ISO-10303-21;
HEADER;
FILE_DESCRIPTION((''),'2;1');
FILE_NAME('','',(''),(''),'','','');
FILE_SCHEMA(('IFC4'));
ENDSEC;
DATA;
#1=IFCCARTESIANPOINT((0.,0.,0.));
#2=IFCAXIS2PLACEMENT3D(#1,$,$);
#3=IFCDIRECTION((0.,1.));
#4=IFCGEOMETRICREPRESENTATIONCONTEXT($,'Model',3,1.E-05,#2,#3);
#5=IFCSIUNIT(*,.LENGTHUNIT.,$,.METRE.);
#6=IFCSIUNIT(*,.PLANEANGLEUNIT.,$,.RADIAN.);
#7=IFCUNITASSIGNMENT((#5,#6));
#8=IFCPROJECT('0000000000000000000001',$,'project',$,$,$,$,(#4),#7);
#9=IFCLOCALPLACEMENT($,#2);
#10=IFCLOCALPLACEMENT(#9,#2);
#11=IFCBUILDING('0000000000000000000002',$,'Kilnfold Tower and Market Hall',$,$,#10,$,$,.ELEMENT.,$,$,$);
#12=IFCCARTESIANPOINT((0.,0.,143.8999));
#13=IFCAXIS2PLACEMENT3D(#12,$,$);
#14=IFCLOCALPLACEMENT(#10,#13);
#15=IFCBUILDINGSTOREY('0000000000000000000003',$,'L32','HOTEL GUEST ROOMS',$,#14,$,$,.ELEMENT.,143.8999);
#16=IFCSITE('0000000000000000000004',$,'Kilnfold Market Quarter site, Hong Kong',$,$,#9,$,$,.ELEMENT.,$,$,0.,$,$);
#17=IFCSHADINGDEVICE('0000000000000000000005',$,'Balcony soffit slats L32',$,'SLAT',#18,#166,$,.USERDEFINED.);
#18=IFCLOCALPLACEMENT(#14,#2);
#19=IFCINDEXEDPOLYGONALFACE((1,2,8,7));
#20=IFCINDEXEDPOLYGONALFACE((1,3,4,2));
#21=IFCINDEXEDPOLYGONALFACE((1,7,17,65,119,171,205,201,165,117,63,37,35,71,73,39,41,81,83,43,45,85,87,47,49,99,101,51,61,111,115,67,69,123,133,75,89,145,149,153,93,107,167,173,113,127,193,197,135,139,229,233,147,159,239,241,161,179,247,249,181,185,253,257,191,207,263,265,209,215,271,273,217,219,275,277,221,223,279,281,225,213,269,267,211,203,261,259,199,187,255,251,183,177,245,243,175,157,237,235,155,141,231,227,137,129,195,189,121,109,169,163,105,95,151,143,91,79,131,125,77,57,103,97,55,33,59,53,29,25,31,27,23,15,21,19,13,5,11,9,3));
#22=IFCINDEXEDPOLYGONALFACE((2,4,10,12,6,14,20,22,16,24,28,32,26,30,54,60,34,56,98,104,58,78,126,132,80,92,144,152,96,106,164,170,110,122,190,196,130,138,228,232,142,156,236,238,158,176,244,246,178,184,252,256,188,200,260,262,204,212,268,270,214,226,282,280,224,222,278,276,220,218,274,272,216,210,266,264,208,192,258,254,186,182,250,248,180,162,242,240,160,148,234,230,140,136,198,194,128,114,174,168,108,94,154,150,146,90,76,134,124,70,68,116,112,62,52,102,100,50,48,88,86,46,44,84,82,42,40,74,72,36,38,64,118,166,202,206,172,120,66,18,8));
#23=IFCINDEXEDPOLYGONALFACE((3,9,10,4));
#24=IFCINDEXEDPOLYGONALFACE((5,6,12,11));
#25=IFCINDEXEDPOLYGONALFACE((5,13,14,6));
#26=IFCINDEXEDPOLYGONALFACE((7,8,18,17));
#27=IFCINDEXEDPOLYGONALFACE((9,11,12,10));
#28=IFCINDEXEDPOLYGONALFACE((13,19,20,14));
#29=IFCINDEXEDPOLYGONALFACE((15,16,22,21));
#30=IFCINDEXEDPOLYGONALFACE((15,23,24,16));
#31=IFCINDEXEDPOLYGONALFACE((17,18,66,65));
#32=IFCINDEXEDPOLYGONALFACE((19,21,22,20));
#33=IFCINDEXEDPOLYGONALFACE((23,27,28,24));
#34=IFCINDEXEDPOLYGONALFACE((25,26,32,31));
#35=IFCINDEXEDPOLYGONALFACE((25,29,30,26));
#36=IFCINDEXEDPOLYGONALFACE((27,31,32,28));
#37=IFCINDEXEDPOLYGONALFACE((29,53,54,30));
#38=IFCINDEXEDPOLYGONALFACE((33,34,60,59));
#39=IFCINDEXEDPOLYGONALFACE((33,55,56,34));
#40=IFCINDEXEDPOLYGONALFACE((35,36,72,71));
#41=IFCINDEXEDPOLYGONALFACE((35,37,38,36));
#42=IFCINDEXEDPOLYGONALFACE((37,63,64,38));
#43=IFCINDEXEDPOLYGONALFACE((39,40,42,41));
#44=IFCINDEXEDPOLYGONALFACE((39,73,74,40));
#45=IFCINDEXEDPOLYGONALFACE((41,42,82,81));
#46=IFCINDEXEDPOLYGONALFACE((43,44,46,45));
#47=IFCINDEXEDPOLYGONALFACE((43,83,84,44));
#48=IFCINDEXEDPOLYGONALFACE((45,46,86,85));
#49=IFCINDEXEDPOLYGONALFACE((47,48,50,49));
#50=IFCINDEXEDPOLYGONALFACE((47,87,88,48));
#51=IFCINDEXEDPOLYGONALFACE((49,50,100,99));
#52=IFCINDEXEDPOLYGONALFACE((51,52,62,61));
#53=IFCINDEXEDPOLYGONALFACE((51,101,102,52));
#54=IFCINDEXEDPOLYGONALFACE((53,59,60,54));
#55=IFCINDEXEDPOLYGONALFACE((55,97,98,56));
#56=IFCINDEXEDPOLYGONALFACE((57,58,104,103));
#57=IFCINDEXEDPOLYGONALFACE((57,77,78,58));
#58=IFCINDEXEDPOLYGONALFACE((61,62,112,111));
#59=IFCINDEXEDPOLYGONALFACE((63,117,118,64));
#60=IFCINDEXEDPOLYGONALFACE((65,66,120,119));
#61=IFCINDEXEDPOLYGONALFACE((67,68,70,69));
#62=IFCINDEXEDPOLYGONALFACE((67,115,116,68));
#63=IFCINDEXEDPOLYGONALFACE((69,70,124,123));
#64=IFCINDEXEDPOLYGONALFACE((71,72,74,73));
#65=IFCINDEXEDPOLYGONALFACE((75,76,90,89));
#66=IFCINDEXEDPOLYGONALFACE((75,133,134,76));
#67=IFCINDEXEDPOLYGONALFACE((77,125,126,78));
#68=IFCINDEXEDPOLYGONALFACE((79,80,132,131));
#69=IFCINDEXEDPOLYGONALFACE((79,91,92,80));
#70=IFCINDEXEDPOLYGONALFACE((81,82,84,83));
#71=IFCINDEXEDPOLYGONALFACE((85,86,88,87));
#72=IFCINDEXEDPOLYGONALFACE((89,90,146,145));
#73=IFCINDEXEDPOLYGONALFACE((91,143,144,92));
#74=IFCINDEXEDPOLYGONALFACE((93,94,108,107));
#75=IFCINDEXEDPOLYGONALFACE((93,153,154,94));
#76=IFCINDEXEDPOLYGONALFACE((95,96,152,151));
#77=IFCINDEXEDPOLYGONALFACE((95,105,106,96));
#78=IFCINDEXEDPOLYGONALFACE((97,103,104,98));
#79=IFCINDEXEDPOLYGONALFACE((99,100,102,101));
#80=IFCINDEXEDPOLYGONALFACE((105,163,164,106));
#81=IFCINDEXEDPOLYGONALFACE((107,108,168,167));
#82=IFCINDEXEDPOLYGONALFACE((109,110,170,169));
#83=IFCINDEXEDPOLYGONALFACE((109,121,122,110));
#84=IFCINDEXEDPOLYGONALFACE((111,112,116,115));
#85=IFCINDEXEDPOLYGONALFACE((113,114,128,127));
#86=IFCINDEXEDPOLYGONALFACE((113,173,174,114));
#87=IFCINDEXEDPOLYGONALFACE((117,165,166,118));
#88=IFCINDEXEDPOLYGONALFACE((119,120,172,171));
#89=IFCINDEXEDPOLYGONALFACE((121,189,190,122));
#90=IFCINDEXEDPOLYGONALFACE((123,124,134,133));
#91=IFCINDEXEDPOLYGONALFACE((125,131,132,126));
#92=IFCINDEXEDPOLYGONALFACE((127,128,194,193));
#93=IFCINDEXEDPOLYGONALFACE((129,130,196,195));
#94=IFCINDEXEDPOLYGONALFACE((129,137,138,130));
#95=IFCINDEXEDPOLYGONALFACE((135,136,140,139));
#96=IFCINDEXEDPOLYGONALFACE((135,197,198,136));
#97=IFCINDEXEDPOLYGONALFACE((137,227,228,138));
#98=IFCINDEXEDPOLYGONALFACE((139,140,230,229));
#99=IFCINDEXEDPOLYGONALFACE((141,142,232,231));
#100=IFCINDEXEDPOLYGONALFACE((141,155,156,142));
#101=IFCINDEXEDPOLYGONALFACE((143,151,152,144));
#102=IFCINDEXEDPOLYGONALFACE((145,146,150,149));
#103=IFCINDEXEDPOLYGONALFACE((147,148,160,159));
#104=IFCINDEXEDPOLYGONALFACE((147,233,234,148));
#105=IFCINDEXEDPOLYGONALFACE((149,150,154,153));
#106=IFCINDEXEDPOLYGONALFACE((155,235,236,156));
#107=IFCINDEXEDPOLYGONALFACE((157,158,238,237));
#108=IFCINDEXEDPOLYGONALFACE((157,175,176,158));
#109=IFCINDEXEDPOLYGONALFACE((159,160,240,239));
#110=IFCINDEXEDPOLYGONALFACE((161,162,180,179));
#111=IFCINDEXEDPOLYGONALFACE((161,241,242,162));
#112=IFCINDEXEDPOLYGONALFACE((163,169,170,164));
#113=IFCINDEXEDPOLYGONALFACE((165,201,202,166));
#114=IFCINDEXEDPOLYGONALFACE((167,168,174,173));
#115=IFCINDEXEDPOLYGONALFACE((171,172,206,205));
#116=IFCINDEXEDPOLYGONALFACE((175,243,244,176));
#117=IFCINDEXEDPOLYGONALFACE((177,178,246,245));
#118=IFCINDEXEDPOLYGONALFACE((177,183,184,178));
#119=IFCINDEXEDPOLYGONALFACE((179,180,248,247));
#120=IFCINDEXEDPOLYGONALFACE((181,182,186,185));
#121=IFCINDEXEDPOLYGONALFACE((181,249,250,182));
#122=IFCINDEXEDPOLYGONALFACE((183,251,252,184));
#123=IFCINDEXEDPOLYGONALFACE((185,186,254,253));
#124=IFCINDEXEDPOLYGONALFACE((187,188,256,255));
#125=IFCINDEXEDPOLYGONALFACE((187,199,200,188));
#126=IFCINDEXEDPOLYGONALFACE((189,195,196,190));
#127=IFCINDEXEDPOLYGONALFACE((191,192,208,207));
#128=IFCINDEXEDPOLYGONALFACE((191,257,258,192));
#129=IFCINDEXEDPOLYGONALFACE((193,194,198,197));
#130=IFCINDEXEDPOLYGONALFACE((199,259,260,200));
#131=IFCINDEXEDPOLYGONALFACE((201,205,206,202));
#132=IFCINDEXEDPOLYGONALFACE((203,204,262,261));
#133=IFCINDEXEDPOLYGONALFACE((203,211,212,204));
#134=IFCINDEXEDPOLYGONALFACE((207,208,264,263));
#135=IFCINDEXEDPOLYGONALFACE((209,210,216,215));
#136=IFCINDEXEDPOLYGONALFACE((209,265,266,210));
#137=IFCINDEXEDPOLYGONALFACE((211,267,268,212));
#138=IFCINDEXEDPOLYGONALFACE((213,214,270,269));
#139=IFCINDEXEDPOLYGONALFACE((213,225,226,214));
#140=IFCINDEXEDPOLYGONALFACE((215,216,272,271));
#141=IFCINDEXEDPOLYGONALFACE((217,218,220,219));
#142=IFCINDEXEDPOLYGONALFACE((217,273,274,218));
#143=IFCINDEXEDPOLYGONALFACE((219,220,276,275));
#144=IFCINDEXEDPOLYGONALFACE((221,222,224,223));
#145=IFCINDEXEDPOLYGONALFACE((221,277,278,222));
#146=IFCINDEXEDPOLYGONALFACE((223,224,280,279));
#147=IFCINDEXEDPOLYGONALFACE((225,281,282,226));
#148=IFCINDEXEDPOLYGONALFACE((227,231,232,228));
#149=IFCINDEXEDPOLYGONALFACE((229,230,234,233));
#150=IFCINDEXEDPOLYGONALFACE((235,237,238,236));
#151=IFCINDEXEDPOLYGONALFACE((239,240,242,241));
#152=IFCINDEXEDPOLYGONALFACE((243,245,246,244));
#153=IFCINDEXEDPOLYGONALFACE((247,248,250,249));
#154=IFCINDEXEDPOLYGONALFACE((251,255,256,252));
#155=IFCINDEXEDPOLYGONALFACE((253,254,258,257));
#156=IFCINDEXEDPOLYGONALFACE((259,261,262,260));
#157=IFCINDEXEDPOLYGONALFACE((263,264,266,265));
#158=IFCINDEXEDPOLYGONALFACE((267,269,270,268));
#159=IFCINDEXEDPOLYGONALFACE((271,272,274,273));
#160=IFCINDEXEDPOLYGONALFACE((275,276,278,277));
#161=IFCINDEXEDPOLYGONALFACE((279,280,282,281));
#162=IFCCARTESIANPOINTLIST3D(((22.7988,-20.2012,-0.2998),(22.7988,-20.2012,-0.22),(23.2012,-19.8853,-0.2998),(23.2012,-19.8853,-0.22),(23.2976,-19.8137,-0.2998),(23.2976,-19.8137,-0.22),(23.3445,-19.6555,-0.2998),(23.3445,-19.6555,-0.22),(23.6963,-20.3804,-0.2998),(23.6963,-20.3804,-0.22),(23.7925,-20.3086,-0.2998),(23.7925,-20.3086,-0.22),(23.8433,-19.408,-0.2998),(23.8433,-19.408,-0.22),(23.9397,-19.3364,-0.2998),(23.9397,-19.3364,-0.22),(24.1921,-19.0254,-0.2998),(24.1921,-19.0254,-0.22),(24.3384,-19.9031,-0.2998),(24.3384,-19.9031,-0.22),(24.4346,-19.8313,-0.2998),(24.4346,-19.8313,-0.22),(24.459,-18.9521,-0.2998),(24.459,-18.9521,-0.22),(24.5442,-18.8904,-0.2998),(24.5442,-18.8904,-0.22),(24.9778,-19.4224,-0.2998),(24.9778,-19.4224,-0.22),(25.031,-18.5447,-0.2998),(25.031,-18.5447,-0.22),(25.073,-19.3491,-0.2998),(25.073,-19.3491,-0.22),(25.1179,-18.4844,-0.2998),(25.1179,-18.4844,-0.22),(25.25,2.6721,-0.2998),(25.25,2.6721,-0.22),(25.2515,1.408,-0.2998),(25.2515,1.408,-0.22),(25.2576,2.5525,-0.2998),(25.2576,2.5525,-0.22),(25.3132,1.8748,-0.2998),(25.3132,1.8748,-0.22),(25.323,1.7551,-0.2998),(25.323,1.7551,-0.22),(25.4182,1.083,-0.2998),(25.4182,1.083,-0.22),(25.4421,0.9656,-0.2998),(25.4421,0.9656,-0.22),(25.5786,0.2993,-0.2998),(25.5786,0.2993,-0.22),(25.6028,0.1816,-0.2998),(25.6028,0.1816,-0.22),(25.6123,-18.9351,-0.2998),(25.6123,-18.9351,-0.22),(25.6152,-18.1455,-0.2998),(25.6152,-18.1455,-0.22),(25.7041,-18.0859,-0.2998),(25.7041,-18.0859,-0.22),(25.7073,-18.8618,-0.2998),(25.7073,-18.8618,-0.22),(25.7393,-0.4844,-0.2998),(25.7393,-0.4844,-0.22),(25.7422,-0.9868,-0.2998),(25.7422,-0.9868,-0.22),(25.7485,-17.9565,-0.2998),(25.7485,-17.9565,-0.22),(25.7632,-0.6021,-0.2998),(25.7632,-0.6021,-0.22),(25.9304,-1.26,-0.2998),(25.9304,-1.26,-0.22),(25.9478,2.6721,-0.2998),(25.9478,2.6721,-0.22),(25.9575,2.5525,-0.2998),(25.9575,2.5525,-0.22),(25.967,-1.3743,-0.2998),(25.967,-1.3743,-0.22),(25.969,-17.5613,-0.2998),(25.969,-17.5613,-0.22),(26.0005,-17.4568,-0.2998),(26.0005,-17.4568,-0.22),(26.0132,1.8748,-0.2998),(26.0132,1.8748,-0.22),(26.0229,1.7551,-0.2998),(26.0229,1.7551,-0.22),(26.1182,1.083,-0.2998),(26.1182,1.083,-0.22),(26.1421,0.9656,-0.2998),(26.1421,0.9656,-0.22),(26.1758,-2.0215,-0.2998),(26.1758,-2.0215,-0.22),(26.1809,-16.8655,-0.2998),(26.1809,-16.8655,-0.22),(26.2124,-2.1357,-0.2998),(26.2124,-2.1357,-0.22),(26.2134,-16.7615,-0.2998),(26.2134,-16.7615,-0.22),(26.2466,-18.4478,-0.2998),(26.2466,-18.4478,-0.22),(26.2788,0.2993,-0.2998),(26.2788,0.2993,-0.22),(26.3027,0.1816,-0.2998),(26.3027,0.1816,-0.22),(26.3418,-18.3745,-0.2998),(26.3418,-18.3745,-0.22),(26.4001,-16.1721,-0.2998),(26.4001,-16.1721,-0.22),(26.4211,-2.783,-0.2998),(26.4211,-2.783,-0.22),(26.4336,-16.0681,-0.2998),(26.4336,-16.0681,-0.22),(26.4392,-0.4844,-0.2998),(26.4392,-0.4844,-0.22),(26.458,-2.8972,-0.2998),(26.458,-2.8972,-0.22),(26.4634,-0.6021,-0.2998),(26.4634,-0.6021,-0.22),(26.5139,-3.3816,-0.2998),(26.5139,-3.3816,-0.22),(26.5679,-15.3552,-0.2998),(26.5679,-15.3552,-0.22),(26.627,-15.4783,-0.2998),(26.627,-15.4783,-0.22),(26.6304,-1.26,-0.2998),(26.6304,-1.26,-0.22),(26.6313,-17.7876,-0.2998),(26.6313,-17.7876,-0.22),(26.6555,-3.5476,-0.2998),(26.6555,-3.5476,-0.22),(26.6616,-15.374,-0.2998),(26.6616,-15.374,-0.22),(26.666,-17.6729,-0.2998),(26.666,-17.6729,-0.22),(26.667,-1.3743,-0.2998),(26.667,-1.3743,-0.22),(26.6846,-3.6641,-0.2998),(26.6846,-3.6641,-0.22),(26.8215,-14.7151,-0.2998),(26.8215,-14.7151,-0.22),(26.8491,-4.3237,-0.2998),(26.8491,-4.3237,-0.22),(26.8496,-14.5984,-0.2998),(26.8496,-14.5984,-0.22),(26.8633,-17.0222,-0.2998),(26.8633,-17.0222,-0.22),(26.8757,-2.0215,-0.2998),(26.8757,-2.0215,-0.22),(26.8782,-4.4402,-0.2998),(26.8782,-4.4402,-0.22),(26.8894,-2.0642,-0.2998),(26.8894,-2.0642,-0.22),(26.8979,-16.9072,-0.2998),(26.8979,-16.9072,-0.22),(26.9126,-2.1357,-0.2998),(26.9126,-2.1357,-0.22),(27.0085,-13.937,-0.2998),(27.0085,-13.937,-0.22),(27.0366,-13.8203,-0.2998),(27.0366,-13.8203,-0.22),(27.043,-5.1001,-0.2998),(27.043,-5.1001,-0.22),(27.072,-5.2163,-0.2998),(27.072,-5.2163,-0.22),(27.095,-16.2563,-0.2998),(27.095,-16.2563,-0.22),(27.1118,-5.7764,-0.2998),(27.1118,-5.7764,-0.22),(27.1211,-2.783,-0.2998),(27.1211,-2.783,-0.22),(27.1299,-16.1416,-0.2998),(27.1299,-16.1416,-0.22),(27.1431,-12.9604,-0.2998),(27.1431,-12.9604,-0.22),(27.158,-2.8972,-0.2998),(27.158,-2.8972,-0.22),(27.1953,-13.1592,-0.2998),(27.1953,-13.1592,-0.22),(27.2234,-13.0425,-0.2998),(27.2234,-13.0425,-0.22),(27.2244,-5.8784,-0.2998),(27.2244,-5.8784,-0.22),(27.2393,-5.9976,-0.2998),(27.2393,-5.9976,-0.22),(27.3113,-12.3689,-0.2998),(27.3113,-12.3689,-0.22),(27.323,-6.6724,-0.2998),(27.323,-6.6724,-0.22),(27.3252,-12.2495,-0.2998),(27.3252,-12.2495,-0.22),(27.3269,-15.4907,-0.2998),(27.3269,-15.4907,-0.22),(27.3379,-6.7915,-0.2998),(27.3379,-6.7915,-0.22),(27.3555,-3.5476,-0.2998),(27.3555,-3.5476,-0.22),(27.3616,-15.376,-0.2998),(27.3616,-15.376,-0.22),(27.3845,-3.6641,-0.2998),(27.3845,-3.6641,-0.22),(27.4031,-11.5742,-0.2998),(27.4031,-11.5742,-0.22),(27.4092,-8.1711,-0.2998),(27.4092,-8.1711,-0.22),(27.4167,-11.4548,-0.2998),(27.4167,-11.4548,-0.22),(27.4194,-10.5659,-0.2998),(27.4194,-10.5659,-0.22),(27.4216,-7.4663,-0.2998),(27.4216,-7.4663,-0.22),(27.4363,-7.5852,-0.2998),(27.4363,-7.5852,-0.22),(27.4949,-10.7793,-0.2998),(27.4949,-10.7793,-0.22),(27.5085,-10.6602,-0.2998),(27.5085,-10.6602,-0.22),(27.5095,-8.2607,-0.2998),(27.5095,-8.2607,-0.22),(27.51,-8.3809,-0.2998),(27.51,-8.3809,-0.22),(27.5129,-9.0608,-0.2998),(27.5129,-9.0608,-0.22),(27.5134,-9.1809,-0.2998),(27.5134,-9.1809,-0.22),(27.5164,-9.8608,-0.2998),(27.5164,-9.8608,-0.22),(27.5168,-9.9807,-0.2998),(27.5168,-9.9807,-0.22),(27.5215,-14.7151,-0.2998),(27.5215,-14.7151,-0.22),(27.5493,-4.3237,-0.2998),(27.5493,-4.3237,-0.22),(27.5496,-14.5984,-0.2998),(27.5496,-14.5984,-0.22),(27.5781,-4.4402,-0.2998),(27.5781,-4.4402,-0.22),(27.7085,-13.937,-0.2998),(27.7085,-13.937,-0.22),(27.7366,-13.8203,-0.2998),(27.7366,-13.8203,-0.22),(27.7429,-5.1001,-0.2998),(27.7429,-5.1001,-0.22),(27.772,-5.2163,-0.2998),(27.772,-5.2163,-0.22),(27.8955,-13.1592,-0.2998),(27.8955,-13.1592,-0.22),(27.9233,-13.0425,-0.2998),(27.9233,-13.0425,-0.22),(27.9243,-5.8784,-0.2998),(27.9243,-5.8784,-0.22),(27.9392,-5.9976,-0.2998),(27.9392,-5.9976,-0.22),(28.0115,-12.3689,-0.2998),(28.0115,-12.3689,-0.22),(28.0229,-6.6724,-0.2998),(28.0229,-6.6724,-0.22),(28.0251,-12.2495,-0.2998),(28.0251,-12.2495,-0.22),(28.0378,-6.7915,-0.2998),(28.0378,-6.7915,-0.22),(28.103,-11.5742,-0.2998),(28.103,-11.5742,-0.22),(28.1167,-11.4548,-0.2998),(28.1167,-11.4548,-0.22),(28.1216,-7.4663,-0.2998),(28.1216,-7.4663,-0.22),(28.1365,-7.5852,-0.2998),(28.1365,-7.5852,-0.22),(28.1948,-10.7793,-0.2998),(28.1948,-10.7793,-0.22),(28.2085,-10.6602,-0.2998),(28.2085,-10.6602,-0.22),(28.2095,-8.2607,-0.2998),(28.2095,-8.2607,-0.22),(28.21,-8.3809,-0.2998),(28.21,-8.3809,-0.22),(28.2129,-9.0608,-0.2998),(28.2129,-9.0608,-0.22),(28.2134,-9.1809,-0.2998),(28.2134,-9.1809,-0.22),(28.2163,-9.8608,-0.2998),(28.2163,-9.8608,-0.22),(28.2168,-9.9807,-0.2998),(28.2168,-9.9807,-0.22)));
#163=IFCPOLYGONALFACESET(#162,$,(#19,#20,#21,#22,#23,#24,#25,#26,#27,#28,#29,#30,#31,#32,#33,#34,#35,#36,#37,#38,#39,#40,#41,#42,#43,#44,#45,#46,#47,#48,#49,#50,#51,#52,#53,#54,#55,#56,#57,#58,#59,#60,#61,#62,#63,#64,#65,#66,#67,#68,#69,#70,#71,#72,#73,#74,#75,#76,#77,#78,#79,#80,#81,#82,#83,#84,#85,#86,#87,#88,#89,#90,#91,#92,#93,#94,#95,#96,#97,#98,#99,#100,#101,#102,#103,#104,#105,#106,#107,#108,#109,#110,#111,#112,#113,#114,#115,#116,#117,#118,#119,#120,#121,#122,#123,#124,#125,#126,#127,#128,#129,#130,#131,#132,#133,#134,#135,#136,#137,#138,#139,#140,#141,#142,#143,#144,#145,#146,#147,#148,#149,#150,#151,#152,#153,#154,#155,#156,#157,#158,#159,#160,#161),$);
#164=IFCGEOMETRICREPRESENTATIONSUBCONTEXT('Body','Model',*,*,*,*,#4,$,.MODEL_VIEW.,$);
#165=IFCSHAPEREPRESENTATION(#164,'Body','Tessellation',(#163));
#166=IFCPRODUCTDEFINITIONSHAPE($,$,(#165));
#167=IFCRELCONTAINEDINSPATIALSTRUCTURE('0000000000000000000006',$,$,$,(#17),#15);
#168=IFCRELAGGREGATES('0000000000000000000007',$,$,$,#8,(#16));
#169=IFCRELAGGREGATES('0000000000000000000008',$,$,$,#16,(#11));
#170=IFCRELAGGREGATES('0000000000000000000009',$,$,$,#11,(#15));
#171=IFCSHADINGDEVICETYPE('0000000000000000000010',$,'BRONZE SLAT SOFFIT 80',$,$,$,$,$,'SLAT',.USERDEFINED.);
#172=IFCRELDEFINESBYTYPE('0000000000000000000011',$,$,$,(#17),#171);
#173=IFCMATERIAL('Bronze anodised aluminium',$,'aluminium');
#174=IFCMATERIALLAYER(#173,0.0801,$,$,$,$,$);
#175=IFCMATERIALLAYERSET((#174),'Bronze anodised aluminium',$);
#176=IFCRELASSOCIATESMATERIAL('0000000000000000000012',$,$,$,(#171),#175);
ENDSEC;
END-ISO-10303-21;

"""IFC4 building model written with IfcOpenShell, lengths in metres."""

from ifc_helpers import new_model, si_unit, direction, frame, origin, place, context, subcontext, project, spatial, polyline, outline, extrude, source, transform, mapped, material, layer, layer_set, type_object, element, save


model = new_model("IFC4")

# Units and contexts
model_context = context("Model", 3, precision=1e-05, world=origin(), true_north=direction((0.0, 1.0)))
body_context = subcontext(model_context, "Body", "Model", "MODEL_VIEW")
ifc_project = project(units=[si_unit("LENGTHUNIT", "METRE"), si_unit("PLANEANGLEUNIT", "RADIAN")], contexts=[model_context])

# Site, building, storey
site_placement = place(None, origin())
site = spatial("IfcSite", under=ifc_project, at=site_placement, Name="Kilnfold Market Quarter site, Hong Kong", CompositionType="ELEMENT", RefElevation=0.0)
building_placement = place(site_placement, origin())
building = spatial("IfcBuilding", under=site, at=building_placement, Name="Kilnfold Tower and Market Hall", CompositionType="ELEMENT")
storey_placement = place(building_placement, frame((0.0, 0.0, 143.8999)))
storey = spatial("IfcBuildingStorey", under=building, at=storey_placement, Name="L32", Description="HOTEL GUEST ROOMS", CompositionType="ELEMENT", Elevation=143.8999)

# Shading device
ifc_material_1 = material(Name="Bronze anodised aluminium", Category="aluminium")
ifc_layer_1 = layer(ifc_material_1, 0.0801)
ifc_layer_set_1 = layer_set([ifc_layer_1], Name="Bronze anodised aluminium")
shading_device_type_1 = type_object("IfcShadingDeviceType", Name="BRONZE SLAT SOFFIT 80", ElementType="SLAT", PredefinedType="USERDEFINED", material=ifc_layer_set_1)
shared_shape_1 = source(origin(), body_context, "Body", "SweptSolid", [
    extrude(outline(polyline([(24.1921, -19.0254), (25.7485, -17.9565), (26.5679, -15.3552), (27.1431, -12.9604), (27.4194, -10.5659), (27.4092, -8.1711), (27.1118, -5.7764), (26.5139, -3.3816), (25.7422, -0.9868), (25.2515, 1.408), (25.25, 2.6721), (25.9478, 2.6721), (25.9575, 2.5525), (25.2576, 2.5525), (25.3132, 1.8748), (26.0132, 1.8748), (26.0229, 1.7551), (25.323, 1.7551), (25.4182, 1.083), (26.1182, 1.083), (26.1421, 0.9656), (25.4421, 0.9656), (25.5786, 0.2993), (26.2788, 0.2993), (26.3027, 0.1816), (25.6028, 0.1816), (25.7393, -0.4844), (26.4392, -0.4844), (26.4634, -0.6021), (25.7632, -0.6021), (25.9304, -1.26), (26.6304, -1.26), (26.667, -1.3743), (25.967, -1.3743), (26.1758, -2.0215), (26.8757, -2.0215), (26.8894, -2.0642), (26.9126, -2.1357), (26.2124, -2.1357), (26.4211, -2.783), (27.1211, -2.783), (27.158, -2.8972), (26.458, -2.8972), (26.6555, -3.5476), (27.3555, -3.5476), (27.3845, -3.6641), (26.6846, -3.6641), (26.8491, -4.3237), (27.5493, -4.3237), (27.5781, -4.4402), (26.8782, -4.4402), (27.043, -5.1001), (27.7429, -5.1001), (27.772, -5.2163), (27.072, -5.2163), (27.2244, -5.8784), (27.9243, -5.8784), (27.9392, -5.9976), (27.2393, -5.9976), (27.323, -6.6724), (28.0229, -6.6724), (28.0378, -6.7915), (27.3379, -6.7915), (27.4216, -7.4663), (28.1216, -7.4663), (28.1365, -7.5852), (27.4363, -7.5852), (27.5095, -8.2607), (28.2095, -8.2607), (28.21, -8.3809), (27.51, -8.3809), (27.5129, -9.0608), (28.2129, -9.0608), (28.2134, -9.1809), (27.5134, -9.1809), (27.5164, -9.8608), (28.2163, -9.8608), (28.2168, -9.9807), (27.5168, -9.9807), (27.5085, -10.6602), (28.2085, -10.6602), (28.1948, -10.7793), (27.4949, -10.7793), (27.4167, -11.4548), (28.1167, -11.4548), (28.103, -11.5742), (27.4031, -11.5742), (27.3252, -12.2495), (28.0251, -12.2495), (28.0115, -12.3689), (27.3113, -12.3689), (27.2234, -13.0425), (27.9233, -13.0425), (27.8955, -13.1592), (27.1953, -13.1592), (27.0366, -13.8203), (27.7366, -13.8203), (27.7085, -13.937), (27.0085, -13.937), (26.8496, -14.5984), (27.5496, -14.5984), (27.5215, -14.7151), (26.8215, -14.7151), (26.6616, -15.374), (27.3616, -15.376), (27.3269, -15.4907), (26.627, -15.4783), (26.4336, -16.0681), (27.1299, -16.1416), (27.095, -16.2563), (26.4001, -16.1721), (26.2134, -16.7615), (26.8979, -16.9072), (26.8633, -17.0222), (26.1809, -16.8655), (26.0005, -17.4568), (26.666, -17.6729), (26.6313, -17.7876), (25.969, -17.5613), (25.7041, -18.0859), (26.3418, -18.3745), (26.2466, -18.4478), (25.6152, -18.1455), (25.1179, -18.4844), (25.7073, -18.8618), (25.6123, -18.9351), (25.031, -18.5447), (24.5442, -18.8904), (25.073, -19.3491), (24.9778, -19.4224), (24.459, -18.9521), (23.9397, -19.3364), (24.4346, -19.8313), (24.3384, -19.9031), (23.8433, -19.408), (23.2976, -19.8137), (23.7925, -20.3086), (23.6963, -20.3804), (23.2012, -19.8853), (22.7988, -20.2012), (23.3445, -19.6555), (24.1921, -19.0254)])), origin(), (0.0, 0.0, 1.0), 0.0798),
])
shading_device_1_placement = place(storey_placement, frame((0.0, 0.0, -0.2998)))
element("IfcShadingDevice", 1, at=shading_device_1_placement, inside=storey, type_object=shading_device_type_1, Name="Balcony soffit slats L32", ObjectType="SLAT", PredefinedType="USERDEFINED", context=body_context, shape_type="MappedRepresentation", body=[
    mapped(shared_shape_1, transform((0.0, 0.0, 0.0))),
])

save(model, "model.ifc")
